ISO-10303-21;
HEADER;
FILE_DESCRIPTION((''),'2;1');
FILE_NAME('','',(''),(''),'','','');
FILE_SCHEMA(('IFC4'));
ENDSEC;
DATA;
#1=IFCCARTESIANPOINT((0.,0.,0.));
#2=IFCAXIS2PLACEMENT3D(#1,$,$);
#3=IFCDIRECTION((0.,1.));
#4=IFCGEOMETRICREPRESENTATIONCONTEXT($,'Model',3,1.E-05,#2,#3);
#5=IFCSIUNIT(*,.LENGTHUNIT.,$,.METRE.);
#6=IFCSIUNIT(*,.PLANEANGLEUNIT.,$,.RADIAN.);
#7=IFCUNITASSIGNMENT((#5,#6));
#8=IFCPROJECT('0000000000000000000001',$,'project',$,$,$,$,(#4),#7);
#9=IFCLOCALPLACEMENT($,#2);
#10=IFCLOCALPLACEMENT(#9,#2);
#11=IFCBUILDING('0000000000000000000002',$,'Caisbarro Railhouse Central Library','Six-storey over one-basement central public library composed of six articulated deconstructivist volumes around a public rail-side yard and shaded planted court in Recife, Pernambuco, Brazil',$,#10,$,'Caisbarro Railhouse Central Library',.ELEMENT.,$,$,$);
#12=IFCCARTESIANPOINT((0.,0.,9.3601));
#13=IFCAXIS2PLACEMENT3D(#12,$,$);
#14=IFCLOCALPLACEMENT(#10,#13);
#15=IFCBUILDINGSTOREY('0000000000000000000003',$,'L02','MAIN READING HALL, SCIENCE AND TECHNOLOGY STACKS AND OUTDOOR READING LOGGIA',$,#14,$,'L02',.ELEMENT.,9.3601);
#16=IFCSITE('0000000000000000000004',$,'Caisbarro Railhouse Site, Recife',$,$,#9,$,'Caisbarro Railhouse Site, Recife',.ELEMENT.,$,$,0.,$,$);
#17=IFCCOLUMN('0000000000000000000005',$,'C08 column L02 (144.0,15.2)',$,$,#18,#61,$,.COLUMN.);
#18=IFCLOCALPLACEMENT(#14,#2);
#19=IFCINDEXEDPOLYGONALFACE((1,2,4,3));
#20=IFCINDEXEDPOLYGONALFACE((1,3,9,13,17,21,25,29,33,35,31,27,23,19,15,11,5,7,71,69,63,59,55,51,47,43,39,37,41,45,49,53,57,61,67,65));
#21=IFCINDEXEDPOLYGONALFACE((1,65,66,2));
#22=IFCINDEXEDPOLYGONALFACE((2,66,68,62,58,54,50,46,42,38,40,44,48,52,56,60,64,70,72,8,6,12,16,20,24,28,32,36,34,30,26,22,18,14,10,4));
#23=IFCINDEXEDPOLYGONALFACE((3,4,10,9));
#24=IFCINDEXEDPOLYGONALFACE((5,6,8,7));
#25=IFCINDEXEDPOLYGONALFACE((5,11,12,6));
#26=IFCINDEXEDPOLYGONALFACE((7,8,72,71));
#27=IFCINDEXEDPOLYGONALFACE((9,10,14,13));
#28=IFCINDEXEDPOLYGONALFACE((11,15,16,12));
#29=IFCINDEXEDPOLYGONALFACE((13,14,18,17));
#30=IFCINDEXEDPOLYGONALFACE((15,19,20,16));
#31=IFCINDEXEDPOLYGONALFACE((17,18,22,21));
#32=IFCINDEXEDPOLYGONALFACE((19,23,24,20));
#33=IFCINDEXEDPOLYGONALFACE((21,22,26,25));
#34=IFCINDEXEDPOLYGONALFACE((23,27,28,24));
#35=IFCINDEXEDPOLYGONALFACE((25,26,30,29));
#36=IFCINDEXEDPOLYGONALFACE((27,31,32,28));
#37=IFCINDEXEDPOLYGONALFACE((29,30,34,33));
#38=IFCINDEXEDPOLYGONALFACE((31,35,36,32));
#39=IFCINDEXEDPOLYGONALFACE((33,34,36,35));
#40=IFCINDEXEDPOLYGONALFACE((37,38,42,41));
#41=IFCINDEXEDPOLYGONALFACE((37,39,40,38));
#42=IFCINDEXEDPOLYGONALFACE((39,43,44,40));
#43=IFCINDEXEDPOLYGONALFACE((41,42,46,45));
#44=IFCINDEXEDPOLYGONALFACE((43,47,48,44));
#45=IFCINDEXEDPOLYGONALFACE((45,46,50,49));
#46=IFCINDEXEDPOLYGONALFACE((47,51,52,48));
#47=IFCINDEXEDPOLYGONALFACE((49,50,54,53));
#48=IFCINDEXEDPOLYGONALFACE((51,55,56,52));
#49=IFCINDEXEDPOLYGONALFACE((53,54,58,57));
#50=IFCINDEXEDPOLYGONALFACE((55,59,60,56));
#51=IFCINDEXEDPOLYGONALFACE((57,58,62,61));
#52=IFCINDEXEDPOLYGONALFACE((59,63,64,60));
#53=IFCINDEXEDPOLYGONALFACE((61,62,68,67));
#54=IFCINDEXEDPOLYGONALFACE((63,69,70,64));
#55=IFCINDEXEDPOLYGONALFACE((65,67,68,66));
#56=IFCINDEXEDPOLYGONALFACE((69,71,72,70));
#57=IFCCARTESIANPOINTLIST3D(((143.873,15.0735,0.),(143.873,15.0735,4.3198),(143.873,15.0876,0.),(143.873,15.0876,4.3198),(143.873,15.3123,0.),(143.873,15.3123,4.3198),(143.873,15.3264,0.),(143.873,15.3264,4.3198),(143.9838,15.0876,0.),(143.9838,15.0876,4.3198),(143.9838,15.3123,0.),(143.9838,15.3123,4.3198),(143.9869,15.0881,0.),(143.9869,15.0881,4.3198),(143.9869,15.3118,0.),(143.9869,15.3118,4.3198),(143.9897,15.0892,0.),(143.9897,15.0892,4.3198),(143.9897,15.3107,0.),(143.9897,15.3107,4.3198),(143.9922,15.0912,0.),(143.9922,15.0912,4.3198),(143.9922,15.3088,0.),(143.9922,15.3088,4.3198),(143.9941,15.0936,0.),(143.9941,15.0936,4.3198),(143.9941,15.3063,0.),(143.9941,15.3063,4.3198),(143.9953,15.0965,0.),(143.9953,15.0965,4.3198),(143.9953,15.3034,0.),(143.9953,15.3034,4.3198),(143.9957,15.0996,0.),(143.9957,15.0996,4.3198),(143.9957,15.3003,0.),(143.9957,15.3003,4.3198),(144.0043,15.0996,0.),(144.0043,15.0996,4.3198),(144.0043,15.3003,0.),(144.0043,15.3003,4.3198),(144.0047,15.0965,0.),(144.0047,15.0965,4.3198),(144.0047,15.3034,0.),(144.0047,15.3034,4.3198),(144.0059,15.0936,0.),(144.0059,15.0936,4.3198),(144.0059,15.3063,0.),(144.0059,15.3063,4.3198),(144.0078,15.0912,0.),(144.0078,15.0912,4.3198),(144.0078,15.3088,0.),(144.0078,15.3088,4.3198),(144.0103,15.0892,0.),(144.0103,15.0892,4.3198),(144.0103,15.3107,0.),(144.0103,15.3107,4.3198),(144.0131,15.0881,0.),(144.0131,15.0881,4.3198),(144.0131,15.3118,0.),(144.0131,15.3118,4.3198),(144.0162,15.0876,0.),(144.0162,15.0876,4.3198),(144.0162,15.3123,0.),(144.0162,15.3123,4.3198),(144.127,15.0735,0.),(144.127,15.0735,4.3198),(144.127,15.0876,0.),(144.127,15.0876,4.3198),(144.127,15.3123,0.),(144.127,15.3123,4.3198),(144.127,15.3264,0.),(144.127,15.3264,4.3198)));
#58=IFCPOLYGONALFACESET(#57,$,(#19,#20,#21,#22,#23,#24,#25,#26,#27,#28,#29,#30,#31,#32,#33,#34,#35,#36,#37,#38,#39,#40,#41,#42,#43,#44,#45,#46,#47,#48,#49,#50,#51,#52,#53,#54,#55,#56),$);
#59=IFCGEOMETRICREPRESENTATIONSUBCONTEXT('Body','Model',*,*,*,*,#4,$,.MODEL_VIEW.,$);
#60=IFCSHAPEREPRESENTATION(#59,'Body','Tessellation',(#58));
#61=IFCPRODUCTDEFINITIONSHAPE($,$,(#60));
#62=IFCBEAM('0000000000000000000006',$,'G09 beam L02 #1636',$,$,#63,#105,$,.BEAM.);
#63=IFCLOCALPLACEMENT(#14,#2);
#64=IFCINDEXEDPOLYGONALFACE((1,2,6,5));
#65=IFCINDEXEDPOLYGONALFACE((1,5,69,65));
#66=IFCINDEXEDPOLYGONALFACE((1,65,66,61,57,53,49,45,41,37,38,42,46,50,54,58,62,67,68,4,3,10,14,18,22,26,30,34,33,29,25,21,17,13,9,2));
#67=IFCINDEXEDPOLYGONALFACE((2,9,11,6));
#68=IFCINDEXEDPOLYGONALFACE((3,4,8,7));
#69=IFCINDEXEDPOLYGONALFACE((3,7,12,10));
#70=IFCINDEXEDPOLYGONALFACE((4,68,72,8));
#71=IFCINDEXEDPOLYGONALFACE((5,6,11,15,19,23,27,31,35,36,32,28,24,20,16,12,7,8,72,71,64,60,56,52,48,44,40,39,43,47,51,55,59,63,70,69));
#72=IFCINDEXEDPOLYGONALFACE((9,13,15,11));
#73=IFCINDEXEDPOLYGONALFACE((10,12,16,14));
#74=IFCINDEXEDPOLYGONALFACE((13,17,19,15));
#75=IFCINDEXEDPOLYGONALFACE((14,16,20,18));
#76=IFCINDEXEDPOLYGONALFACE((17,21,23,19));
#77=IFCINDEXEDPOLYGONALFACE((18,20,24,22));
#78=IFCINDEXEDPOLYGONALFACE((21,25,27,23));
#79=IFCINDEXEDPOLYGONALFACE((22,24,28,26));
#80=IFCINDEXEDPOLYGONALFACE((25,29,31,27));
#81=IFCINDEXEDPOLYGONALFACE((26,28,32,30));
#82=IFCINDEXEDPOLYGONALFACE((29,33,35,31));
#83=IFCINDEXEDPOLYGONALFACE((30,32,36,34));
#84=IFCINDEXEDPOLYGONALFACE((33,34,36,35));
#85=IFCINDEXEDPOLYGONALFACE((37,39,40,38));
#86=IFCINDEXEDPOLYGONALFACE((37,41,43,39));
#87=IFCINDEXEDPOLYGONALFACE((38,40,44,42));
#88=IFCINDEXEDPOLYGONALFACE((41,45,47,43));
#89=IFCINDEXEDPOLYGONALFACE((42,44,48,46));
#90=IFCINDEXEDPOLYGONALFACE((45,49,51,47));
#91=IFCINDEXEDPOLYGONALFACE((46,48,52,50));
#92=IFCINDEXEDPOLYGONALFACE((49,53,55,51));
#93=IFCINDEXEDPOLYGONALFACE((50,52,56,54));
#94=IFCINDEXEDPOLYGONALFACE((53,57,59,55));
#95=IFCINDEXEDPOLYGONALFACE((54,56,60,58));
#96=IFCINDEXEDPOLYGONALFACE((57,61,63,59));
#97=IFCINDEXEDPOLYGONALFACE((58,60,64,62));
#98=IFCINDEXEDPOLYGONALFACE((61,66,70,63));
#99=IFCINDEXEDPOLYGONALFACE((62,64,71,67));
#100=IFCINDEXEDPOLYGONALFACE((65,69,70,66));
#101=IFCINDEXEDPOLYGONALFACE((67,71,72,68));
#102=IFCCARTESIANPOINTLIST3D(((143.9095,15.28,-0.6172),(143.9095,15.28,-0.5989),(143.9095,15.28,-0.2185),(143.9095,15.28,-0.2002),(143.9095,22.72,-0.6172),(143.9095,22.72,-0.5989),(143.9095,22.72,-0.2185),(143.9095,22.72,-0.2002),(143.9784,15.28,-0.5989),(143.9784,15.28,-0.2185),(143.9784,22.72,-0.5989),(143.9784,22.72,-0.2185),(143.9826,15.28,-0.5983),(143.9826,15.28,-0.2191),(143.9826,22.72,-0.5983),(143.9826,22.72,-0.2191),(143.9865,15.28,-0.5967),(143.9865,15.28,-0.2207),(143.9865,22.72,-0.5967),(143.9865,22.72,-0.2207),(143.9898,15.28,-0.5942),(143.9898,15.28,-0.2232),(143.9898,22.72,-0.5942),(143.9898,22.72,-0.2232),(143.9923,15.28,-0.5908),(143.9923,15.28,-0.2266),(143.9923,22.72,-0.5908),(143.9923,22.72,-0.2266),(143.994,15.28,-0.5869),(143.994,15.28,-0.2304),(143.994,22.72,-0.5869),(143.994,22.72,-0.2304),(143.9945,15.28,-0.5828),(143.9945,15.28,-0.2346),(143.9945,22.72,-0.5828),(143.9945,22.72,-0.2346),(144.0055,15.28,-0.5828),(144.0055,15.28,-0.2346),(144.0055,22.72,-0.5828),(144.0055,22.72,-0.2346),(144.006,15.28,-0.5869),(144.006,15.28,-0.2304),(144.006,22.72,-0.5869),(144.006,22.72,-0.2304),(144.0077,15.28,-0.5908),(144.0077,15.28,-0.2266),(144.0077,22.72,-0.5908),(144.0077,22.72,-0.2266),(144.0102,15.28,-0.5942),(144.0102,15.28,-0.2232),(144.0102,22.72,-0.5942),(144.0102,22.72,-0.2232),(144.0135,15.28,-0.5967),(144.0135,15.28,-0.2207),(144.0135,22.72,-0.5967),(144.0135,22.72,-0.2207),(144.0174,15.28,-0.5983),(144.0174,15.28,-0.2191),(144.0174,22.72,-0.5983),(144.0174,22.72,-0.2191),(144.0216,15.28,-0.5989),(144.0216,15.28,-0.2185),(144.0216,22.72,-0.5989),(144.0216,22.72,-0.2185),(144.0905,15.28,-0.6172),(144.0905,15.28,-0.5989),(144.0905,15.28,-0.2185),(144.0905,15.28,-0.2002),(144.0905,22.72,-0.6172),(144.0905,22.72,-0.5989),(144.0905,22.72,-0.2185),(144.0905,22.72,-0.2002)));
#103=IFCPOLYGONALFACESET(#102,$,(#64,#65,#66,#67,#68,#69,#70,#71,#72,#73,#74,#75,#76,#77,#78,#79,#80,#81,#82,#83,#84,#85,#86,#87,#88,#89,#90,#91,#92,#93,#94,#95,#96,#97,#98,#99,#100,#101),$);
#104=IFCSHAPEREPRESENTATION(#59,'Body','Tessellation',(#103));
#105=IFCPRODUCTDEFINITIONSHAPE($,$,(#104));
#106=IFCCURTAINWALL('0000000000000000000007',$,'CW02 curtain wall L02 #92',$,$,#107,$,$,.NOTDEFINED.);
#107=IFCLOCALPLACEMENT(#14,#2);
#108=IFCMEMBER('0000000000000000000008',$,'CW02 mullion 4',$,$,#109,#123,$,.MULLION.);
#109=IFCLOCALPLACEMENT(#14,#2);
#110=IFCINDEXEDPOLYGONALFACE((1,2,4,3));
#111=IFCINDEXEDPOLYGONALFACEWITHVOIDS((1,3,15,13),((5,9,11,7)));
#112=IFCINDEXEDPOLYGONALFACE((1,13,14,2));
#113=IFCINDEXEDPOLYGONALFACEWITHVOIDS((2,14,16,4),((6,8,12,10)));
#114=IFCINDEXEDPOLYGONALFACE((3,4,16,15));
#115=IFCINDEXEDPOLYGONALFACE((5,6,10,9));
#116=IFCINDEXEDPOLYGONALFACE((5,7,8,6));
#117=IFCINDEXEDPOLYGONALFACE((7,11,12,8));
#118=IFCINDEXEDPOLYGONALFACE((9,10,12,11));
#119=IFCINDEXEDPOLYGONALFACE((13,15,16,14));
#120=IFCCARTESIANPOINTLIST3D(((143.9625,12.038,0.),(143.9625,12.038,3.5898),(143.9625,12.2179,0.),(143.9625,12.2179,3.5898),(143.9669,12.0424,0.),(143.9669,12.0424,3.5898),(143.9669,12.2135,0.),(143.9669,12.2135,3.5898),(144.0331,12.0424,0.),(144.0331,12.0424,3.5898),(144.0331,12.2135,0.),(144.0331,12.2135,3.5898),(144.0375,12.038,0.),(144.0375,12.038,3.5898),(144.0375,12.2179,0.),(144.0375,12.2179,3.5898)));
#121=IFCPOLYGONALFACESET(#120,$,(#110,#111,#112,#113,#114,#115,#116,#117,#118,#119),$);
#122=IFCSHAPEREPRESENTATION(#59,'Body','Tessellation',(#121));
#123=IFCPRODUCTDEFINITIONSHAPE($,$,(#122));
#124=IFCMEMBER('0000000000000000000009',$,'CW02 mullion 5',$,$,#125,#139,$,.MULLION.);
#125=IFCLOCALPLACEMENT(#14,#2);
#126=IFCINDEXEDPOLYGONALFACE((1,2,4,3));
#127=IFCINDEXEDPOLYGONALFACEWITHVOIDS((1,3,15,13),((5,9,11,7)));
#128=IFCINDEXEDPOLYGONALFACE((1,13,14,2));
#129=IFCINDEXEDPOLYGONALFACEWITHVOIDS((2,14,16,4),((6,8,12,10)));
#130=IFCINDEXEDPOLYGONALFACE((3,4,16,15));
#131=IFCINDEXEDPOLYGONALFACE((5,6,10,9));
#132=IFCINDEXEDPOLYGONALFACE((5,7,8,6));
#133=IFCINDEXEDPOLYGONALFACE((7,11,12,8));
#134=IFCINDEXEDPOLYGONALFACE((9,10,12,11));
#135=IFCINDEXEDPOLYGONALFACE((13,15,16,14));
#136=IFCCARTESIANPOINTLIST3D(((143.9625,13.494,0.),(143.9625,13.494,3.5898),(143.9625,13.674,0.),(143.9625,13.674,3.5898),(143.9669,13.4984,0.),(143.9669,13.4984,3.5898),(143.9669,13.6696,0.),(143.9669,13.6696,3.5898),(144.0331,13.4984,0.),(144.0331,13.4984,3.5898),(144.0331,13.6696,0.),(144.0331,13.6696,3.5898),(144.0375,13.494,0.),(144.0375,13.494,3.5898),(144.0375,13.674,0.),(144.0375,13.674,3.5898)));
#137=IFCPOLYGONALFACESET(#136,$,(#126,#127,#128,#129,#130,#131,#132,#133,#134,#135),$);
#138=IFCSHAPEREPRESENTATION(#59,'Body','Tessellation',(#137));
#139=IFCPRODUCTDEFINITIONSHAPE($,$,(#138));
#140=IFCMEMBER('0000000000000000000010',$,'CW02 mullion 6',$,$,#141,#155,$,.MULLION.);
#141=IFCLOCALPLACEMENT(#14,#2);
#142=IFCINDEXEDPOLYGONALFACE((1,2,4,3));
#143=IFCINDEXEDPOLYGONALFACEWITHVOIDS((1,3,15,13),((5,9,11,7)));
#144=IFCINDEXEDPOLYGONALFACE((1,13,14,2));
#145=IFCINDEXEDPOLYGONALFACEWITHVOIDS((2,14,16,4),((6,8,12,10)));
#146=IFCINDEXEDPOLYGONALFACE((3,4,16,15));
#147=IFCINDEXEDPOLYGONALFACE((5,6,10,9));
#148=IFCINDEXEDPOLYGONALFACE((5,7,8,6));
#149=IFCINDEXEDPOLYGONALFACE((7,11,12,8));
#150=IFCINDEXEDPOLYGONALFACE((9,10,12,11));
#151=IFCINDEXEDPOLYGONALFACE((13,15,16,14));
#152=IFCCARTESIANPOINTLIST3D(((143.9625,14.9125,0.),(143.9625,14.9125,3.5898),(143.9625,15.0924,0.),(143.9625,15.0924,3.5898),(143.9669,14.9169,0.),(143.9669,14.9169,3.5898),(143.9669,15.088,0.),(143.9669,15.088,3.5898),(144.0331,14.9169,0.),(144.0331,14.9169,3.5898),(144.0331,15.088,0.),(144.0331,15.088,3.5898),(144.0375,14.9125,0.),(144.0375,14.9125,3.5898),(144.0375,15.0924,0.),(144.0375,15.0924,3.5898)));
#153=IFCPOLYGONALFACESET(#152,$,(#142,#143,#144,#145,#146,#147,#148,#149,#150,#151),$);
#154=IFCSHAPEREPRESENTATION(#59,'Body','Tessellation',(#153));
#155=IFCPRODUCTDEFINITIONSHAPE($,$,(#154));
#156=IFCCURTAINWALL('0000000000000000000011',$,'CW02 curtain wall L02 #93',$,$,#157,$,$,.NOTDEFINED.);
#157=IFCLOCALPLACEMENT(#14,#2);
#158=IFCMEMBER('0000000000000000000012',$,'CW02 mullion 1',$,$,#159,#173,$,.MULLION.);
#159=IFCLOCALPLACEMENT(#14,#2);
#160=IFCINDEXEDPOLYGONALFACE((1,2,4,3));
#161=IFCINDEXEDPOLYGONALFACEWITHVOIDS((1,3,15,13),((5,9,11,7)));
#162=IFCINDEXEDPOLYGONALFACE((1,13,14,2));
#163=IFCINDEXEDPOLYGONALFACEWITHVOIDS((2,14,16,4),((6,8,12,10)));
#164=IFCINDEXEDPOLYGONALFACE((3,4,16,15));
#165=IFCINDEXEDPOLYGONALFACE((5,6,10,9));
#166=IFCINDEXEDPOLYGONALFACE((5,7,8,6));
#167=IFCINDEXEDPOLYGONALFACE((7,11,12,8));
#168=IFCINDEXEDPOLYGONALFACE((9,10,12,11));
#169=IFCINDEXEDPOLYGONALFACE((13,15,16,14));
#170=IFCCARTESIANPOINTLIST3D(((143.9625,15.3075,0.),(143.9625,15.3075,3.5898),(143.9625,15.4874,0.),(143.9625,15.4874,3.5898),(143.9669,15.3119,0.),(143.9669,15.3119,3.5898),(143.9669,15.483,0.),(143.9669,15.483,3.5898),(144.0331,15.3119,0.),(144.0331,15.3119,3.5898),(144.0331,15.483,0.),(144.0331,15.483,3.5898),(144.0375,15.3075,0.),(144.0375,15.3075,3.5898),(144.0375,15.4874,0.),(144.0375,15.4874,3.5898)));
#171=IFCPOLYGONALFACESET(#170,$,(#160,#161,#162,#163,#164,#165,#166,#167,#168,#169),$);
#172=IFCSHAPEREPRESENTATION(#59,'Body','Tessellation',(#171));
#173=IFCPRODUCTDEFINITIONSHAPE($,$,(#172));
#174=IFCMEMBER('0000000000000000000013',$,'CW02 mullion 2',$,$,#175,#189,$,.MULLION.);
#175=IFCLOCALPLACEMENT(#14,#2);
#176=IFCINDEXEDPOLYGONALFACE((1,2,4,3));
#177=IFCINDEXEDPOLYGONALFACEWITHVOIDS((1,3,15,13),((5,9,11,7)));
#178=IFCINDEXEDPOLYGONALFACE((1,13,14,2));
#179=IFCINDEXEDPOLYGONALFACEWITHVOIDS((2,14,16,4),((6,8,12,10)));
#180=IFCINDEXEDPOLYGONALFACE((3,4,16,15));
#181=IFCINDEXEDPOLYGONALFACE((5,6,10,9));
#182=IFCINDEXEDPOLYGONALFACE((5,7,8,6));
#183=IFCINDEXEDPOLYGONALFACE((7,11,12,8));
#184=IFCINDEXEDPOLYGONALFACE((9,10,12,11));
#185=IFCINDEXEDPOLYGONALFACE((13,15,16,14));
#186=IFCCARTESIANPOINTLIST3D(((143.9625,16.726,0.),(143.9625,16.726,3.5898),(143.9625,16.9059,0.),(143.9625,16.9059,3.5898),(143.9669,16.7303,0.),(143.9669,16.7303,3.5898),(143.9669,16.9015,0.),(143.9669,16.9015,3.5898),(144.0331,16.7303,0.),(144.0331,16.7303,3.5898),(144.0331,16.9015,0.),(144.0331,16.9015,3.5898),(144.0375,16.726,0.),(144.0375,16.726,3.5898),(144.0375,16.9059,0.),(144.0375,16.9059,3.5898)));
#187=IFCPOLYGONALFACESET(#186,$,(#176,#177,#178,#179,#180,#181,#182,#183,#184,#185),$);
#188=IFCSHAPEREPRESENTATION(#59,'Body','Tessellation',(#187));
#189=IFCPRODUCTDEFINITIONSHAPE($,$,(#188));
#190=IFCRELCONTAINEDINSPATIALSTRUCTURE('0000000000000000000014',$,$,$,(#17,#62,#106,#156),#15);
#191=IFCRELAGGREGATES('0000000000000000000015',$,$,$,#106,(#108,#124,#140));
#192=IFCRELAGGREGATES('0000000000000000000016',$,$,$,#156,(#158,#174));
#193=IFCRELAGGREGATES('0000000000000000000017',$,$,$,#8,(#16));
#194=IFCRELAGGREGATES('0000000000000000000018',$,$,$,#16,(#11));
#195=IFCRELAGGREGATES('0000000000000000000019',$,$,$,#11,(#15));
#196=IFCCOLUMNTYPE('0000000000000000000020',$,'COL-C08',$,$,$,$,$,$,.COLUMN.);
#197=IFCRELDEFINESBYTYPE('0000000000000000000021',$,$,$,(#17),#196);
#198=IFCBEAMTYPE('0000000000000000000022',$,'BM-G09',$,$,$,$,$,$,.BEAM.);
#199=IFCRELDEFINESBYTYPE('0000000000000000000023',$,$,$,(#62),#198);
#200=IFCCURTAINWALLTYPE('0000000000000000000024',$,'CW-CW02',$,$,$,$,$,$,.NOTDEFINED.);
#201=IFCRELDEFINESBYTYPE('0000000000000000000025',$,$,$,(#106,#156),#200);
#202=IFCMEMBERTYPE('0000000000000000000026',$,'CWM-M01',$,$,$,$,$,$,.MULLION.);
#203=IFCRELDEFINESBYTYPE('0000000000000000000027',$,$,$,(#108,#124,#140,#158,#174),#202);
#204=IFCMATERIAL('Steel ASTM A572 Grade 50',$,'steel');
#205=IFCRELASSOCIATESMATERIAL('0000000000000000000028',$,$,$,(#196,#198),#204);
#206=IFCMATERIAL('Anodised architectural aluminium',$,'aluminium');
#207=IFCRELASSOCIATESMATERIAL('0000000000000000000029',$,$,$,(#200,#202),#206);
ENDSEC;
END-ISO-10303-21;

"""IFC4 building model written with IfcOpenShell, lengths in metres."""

from ifc_helpers import new_model, si_unit, direction, frame, origin, origin_2d, place, context, subcontext, project, spatial, hollow_rectangle, i_section, extrude, material, material_profile, profile_set, type_object, element, aggregate, save


model = new_model("IFC4")

# Units and contexts
model_context = context("Model", 3, precision=1e-05, world=origin(), true_north=direction((0.0, 1.0)))
body_context = subcontext(model_context, "Body", "Model", "MODEL_VIEW")
ifc_project = project(units=[si_unit("LENGTHUNIT", "METRE"), si_unit("PLANEANGLEUNIT", "RADIAN")], contexts=[model_context])

# Site, building, storey
site_placement = place(None, origin())
site = spatial("IfcSite", under=ifc_project, at=site_placement, Name="Caisbarro Railhouse Site, Recife", LongName="Caisbarro Railhouse Site, Recife", CompositionType="ELEMENT", RefElevation=0.0)
building_placement = place(site_placement, origin())
building = spatial("IfcBuilding", under=site, at=building_placement, Name="Caisbarro Railhouse Central Library", Description="Six-storey over one-basement central public library composed of six articulated deconstructivist volumes around a public rail-side yard and shaded planted court in Recife, Pernambuco, Brazil", LongName="Caisbarro Railhouse Central Library", CompositionType="ELEMENT")
storey_placement = place(building_placement, frame((0.0, 0.0, 9.3601)))
storey = spatial("IfcBuildingStorey", under=building, at=storey_placement, Name="L02", Description="MAIN READING HALL, SCIENCE AND TECHNOLOGY STACKS AND OUTDOOR READING LOGGIA", LongName="L02", CompositionType="ELEMENT", Elevation=9.3601)

# Column
ifc_material_1 = material(Name="Steel ASTM A572 Grade 50", Category="steel")
ifc_material_profile_1 = material_profile(ifc_material_1, i_section(OverallWidth=0.2539, OverallDepth=0.2529, WebThickness=0.0085, FlangeThickness=0.0142, FilletRadius=0.012, at=origin_2d()), Name="W250X73.0")
ifc_profile_set_1 = profile_set([ifc_material_profile_1], Name="Steel ASTM A572 Grade 50")
column_type = type_object("IfcColumnType", Name="COL-C08", PredefinedType="COLUMN", material=ifc_profile_set_1)
column_placement = place(storey_placement, frame((144.0, 15.2, 0.0), z_axis=(0.0, 0.0, 1.0), x_axis=(1.0, 0.0, 0.0)))
element("IfcColumn", 1, at=column_placement, inside=storey, type_object=column_type, Name="C08 column L02 (144.0,15.2)", PredefinedType="COLUMN", context=body_context, shape_type="SweptSolid", body=[
    extrude(i_section(OverallWidth=0.2539, OverallDepth=0.2529, WebThickness=0.0085, FlangeThickness=0.0142, FilletRadius=0.012, at=origin_2d()), origin(), (0.0, 0.0, 1.0), 4.3198),
])

# Beam
ifc_material_profile_2 = material_profile(ifc_material_1, i_section(OverallWidth=0.1809, OverallDepth=0.417, WebThickness=0.011, FlangeThickness=0.0183, FilletRadius=0.0161, at=origin_2d()), Name="W410X85.0")
ifc_profile_set_2 = profile_set([ifc_material_profile_2], Name="Steel ASTM A572 Grade 50")
beam_type = type_object("IfcBeamType", Name="BM-G09", PredefinedType="BEAM", material=ifc_profile_set_2)
beam_placement = place(storey_placement, frame((144.0, 15.28, -0.4087), z_axis=(0.0, 1.0, 0.0), x_axis=(-1.0, 0.0, 0.0)))
element("IfcBeam", 2, at=beam_placement, inside=storey, type_object=beam_type, Name="G09 beam L02 #1636", PredefinedType="BEAM", context=body_context, shape_type="SweptSolid", body=[
    extrude(i_section(OverallWidth=0.1809, OverallDepth=0.417, WebThickness=0.011, FlangeThickness=0.0183, FilletRadius=0.0161, at=origin_2d()), origin(), (0.0, 0.0, 1.0), 7.4399),
])

# Curtain walls, members
ifc_material_2 = material(Name="Anodised architectural aluminium", Category="aluminium")
curtain_wall_type = type_object("IfcCurtainWallType", Name="CW-CW02", PredefinedType="NOTDEFINED", material=ifc_material_2)
curtain_wall_1_placement = place(storey_placement, origin())
curtain_wall_1 = element("IfcCurtainWall", 3, at=curtain_wall_1_placement, inside=storey, type_object=curtain_wall_type, Name="CW02 curtain wall L02 #92", PredefinedType="NOTDEFINED")
ifc_material_profile_3 = material_profile(ifc_material_2, hollow_rectangle(XDim=0.075, YDim=0.1799, WallThickness=0.0044, at=origin_2d()), Name="ALU-MUL-75X180")
ifc_profile_set_3 = profile_set([ifc_material_profile_3], Name="Anodised architectural aluminium")
member_type_1 = type_object("IfcMemberType", Name="CWM-M01", PredefinedType="MULLION", material=ifc_profile_set_3)
member_1_placement = place(storey_placement, frame((144.0, 12.1279, 0.0), z_axis=(0.0, 0.0, 1.0), x_axis=(-1.0, 0.0, 0.0)))
member_1 = element("IfcMember", 4, at=member_1_placement, type_object=member_type_1, Name="CW02 mullion 4", PredefinedType="MULLION", context=body_context, shape_type="SweptSolid", body=[
    extrude(hollow_rectangle(XDim=0.075, YDim=0.1799, WallThickness=0.0044, at=origin_2d()), origin(), (0.0, 0.0, 1.0), 3.5898),
])
member_2_placement = place(storey_placement, frame((144.0, 13.584, 0.0), z_axis=(0.0, 0.0, 1.0), x_axis=(-1.0, 0.0, 0.0)))
member_2 = element("IfcMember", 5, at=member_2_placement, type_object=member_type_1, Name="CW02 mullion 5", PredefinedType="MULLION", context=body_context, shape_type="SweptSolid", body=[
    extrude(hollow_rectangle(XDim=0.075, YDim=0.1799, WallThickness=0.0044, at=origin_2d()), origin(), (0.0, 0.0, 1.0), 3.5898),
])
member_3_placement = place(storey_placement, frame((144.0, 15.0024, 0.0), z_axis=(0.0, 0.0, 1.0), x_axis=(-1.0, 0.0, 0.0)))
member_3 = element("IfcMember", 6, at=member_3_placement, type_object=member_type_1, Name="CW02 mullion 6", PredefinedType="MULLION", context=body_context, shape_type="SweptSolid", body=[
    extrude(hollow_rectangle(XDim=0.075, YDim=0.1799, WallThickness=0.0044, at=origin_2d()), origin(), (0.0, 0.0, 1.0), 3.5898),
])
curtain_wall_2_placement = place(storey_placement, origin())
curtain_wall_2 = element("IfcCurtainWall", 7, at=curtain_wall_2_placement, inside=storey, type_object=curtain_wall_type, Name="CW02 curtain wall L02 #93", PredefinedType="NOTDEFINED")
member_4_placement = place(storey_placement, frame((144.0, 15.3975, 0.0), z_axis=(0.0, 0.0, 1.0), x_axis=(-1.0, 0.0, 0.0)))
member_4 = element("IfcMember", 8, at=member_4_placement, type_object=member_type_1, Name="CW02 mullion 1", PredefinedType="MULLION", context=body_context, shape_type="SweptSolid", body=[
    extrude(hollow_rectangle(XDim=0.075, YDim=0.1799, WallThickness=0.0044, at=origin_2d()), origin(), (0.0, 0.0, 1.0), 3.5898),
])
member_5_placement = place(storey_placement, frame((144.0, 16.8159, 0.0), z_axis=(0.0, 0.0, 1.0), x_axis=(-1.0, 0.0, 0.0)))
member_5 = element("IfcMember", 9, at=member_5_placement, type_object=member_type_1, Name="CW02 mullion 2", PredefinedType="MULLION", context=body_context, shape_type="SweptSolid", body=[
    extrude(hollow_rectangle(XDim=0.075, YDim=0.1799, WallThickness=0.0044, at=origin_2d()), origin(), (0.0, 0.0, 1.0), 3.5898),
])

aggregate(curtain_wall_1, [member_1, member_2, member_3])
aggregate(curtain_wall_2, [member_4, member_5])

save(model, "model.ifc")
